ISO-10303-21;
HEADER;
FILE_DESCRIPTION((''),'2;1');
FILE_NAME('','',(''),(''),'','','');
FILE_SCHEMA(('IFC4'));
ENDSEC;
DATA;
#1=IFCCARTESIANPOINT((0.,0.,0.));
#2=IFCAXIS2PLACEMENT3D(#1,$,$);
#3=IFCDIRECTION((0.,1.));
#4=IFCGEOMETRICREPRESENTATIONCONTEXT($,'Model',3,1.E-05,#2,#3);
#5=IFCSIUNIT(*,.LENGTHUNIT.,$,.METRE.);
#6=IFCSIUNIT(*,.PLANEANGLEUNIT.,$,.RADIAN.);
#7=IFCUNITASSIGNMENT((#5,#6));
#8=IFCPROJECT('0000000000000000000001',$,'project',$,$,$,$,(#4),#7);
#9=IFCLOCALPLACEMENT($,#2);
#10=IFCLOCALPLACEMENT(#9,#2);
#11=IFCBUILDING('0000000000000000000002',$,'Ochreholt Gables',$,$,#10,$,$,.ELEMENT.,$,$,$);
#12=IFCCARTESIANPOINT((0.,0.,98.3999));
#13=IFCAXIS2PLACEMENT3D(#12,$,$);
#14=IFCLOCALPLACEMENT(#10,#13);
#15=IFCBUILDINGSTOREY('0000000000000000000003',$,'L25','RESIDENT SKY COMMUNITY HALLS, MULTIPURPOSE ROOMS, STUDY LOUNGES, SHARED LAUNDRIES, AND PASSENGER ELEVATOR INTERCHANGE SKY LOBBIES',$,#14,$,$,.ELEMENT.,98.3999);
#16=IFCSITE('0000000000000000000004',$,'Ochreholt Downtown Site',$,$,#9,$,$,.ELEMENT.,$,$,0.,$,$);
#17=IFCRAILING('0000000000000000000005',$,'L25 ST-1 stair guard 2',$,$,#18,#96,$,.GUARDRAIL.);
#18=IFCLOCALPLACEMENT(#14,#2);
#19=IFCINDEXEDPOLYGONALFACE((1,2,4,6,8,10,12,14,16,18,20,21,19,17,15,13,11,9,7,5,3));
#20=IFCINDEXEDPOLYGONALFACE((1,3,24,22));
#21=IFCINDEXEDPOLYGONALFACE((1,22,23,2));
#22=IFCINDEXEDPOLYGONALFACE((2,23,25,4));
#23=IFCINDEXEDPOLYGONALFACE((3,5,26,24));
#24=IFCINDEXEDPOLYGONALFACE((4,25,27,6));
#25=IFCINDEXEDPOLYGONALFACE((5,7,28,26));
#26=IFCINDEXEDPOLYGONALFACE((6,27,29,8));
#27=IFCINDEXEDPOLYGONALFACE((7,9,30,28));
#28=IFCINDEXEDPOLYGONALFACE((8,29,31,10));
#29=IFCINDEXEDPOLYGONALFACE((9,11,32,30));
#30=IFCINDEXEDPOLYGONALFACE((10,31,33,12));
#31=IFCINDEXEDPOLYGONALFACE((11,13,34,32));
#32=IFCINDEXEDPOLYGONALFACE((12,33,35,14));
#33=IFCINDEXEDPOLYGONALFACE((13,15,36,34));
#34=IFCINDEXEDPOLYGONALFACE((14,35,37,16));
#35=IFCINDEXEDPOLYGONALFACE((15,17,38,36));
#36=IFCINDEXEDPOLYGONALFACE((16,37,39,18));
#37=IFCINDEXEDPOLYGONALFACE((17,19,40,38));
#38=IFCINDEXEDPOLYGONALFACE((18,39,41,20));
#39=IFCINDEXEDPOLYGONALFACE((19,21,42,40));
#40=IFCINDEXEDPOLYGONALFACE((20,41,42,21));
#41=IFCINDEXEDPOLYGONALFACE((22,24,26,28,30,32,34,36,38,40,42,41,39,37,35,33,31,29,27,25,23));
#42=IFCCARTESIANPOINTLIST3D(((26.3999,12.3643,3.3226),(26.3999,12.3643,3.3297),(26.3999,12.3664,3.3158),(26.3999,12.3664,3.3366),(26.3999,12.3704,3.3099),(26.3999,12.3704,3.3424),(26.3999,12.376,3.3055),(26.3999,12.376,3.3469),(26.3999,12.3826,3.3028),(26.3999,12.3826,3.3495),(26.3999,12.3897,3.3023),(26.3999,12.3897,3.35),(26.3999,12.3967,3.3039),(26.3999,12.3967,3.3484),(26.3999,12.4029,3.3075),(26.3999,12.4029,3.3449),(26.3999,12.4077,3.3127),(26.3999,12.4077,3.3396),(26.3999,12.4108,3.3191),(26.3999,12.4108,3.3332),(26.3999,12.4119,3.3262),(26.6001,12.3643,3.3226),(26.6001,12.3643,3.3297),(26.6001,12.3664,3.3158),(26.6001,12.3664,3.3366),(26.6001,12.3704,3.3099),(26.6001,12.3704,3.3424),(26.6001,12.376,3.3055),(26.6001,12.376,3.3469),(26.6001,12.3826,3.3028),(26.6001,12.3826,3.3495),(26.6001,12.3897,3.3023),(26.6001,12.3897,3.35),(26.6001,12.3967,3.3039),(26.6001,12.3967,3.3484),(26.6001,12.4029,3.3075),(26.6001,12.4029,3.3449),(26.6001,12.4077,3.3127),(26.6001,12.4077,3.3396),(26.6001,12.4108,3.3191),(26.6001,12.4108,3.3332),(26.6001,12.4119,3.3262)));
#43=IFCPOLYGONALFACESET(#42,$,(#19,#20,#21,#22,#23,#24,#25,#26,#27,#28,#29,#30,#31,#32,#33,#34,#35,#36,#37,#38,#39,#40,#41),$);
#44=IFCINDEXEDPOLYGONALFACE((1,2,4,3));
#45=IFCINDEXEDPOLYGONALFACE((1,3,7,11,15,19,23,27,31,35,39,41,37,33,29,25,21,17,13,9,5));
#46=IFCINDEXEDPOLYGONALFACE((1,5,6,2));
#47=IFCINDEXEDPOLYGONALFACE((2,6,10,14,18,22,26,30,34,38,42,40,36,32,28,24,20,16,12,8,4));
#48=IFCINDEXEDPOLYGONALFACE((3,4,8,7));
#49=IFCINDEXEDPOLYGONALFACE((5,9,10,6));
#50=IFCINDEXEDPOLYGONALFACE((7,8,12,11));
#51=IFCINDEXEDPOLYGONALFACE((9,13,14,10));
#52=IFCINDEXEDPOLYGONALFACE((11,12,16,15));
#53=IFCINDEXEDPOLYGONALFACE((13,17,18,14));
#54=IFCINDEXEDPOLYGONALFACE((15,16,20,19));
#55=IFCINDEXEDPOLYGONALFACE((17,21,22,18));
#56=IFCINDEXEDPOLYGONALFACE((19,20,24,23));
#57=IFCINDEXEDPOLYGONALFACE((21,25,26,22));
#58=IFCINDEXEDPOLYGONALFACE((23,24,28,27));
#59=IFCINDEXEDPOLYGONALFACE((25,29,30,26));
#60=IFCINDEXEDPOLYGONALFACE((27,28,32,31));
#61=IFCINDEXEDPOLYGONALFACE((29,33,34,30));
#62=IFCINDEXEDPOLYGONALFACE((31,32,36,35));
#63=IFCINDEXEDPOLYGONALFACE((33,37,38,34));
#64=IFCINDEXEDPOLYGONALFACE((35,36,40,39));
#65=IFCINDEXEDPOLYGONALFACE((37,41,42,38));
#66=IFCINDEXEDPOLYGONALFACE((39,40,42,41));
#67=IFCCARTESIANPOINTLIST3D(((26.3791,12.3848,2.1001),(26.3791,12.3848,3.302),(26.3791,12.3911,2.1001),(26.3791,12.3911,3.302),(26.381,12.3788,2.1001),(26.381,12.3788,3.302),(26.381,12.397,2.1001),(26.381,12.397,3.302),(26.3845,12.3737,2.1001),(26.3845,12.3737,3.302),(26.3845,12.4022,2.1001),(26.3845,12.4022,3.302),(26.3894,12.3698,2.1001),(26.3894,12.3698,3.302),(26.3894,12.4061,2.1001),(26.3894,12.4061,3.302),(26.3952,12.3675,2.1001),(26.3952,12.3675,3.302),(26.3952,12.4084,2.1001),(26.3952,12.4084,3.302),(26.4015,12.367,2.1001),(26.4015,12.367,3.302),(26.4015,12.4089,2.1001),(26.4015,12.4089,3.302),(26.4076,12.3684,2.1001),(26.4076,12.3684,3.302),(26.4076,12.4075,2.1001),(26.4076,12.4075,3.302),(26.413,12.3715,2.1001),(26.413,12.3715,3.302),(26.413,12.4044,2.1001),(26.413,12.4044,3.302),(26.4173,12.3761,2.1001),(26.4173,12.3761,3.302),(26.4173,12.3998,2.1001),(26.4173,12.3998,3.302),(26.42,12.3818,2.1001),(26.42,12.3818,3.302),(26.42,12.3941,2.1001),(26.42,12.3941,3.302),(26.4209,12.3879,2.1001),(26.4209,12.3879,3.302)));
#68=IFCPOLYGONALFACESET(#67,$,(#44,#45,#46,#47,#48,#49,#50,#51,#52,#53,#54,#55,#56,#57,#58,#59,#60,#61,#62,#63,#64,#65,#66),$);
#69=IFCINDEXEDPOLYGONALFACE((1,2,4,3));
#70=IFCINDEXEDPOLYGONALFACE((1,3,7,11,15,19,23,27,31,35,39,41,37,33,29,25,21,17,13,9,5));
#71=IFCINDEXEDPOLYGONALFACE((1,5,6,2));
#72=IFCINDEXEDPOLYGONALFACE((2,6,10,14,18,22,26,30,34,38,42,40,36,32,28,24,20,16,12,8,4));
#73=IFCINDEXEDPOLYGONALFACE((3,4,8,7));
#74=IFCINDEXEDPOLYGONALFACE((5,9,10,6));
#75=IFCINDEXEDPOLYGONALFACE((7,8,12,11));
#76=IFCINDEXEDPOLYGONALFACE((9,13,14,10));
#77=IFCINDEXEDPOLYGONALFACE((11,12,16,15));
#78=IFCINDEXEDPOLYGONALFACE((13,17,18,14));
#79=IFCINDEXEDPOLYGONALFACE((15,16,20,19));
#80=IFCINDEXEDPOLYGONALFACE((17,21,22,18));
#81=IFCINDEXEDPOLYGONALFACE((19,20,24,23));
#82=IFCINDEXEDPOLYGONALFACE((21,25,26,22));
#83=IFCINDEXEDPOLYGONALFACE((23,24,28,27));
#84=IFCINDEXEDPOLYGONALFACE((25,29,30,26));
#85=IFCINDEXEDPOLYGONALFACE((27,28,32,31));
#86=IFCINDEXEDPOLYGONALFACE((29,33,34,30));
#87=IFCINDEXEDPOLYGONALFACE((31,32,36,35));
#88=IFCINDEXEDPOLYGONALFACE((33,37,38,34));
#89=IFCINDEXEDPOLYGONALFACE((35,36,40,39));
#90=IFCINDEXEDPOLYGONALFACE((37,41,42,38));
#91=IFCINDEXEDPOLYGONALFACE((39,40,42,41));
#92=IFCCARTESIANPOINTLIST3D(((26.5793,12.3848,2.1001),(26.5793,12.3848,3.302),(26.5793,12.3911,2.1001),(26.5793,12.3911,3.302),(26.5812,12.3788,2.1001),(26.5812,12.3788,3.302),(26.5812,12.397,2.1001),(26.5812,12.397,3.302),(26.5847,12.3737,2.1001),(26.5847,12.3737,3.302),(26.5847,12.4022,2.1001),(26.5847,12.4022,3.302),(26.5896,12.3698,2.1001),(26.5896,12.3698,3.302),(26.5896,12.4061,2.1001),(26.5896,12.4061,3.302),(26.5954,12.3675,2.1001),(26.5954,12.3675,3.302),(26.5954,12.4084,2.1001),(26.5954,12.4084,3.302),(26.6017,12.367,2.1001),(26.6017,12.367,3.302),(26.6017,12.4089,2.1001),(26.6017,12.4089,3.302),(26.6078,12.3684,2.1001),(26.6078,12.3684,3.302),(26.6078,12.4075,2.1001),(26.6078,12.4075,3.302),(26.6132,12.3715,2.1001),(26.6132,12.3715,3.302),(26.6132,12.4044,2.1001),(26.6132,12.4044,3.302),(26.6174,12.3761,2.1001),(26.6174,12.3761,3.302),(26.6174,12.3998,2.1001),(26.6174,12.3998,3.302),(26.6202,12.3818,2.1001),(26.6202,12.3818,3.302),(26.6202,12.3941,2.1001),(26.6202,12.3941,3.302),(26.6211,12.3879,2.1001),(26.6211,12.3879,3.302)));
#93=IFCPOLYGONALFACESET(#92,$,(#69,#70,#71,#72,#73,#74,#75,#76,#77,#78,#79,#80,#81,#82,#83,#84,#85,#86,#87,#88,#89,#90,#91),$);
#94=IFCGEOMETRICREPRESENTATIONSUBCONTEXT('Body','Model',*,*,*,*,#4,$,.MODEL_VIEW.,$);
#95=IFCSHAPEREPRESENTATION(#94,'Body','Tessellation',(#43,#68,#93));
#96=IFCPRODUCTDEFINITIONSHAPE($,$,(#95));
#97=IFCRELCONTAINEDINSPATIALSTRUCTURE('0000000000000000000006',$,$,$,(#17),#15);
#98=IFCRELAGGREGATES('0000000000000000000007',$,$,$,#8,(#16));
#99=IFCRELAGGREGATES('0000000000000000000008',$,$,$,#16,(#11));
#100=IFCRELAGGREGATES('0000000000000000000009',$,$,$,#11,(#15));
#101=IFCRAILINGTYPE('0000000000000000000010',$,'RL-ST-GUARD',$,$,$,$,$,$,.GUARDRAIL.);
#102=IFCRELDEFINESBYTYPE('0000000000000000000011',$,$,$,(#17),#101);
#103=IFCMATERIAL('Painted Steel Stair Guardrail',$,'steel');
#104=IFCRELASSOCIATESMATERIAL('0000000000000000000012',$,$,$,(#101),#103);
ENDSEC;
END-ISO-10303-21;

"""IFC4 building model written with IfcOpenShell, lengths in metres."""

from ifc_helpers import new_model, si_unit, direction, frame, origin, origin_2d, place, context, subcontext, project, spatial, circle, extrude, material, type_object, element, save


model = new_model("IFC4")

# Units and contexts
model_context = context("Model", 3, precision=1e-05, world=origin(), true_north=direction((0.0, 1.0)))
body_context = subcontext(model_context, "Body", "Model", "MODEL_VIEW")
ifc_project = project(units=[si_unit("LENGTHUNIT", "METRE"), si_unit("PLANEANGLEUNIT", "RADIAN")], contexts=[model_context])

# Site, building, storey
site_placement = place(None, origin())
site = spatial("IfcSite", under=ifc_project, at=site_placement, Name="Ochreholt Downtown Site", CompositionType="ELEMENT", RefElevation=0.0)
building_placement = place(site_placement, origin())
building = spatial("IfcBuilding", under=site, at=building_placement, Name="Ochreholt Gables", CompositionType="ELEMENT")
storey_placement = place(building_placement, frame((0.0, 0.0, 98.3999)))
storey = spatial("IfcBuildingStorey", under=building, at=storey_placement, Name="L25", Description="RESIDENT SKY COMMUNITY HALLS, MULTIPURPOSE ROOMS, STUDY LOUNGES, SHARED LAUNDRIES, AND PASSENGER ELEVATOR INTERCHANGE SKY LOBBIES", CompositionType="ELEMENT", Elevation=98.3999)

# Railing
ifc_material_1 = material(Name="Painted Steel Stair Guardrail", Category="steel")
railing_type_1 = type_object("IfcRailingType", Name="RL-ST-GUARD", PredefinedType="GUARDRAIL", material=ifc_material_1)
railing_1_placement = place(storey_placement, frame((26.3999, 12.3879, 2.1001)))
element("IfcRailing", 1, at=railing_1_placement, inside=storey, type_object=railing_type_1, Name="L25 ST-1 stair guard 2", PredefinedType="GUARDRAIL", context=body_context, shape_type="SweptSolid", body=[
    extrude(circle(Radius=0.0239, at=origin_2d()), frame((0.0, 0.0, 1.2261), z_axis=(1.0, 0.0, 0.0), x_axis=(0.0, 1.0, 0.0)), (0.0, 0.0, 1.0), 0.2002),
    extrude(circle(Radius=0.021, at=origin_2d()), origin(), (0.0, 0.0, 1.0), 1.2019),
    extrude(circle(Radius=0.021, at=origin_2d()), frame((0.2002, 0.0, 0.0)), (0.0, 0.0, 1.0), 1.2019),
])

save(model, "model.ifc")
